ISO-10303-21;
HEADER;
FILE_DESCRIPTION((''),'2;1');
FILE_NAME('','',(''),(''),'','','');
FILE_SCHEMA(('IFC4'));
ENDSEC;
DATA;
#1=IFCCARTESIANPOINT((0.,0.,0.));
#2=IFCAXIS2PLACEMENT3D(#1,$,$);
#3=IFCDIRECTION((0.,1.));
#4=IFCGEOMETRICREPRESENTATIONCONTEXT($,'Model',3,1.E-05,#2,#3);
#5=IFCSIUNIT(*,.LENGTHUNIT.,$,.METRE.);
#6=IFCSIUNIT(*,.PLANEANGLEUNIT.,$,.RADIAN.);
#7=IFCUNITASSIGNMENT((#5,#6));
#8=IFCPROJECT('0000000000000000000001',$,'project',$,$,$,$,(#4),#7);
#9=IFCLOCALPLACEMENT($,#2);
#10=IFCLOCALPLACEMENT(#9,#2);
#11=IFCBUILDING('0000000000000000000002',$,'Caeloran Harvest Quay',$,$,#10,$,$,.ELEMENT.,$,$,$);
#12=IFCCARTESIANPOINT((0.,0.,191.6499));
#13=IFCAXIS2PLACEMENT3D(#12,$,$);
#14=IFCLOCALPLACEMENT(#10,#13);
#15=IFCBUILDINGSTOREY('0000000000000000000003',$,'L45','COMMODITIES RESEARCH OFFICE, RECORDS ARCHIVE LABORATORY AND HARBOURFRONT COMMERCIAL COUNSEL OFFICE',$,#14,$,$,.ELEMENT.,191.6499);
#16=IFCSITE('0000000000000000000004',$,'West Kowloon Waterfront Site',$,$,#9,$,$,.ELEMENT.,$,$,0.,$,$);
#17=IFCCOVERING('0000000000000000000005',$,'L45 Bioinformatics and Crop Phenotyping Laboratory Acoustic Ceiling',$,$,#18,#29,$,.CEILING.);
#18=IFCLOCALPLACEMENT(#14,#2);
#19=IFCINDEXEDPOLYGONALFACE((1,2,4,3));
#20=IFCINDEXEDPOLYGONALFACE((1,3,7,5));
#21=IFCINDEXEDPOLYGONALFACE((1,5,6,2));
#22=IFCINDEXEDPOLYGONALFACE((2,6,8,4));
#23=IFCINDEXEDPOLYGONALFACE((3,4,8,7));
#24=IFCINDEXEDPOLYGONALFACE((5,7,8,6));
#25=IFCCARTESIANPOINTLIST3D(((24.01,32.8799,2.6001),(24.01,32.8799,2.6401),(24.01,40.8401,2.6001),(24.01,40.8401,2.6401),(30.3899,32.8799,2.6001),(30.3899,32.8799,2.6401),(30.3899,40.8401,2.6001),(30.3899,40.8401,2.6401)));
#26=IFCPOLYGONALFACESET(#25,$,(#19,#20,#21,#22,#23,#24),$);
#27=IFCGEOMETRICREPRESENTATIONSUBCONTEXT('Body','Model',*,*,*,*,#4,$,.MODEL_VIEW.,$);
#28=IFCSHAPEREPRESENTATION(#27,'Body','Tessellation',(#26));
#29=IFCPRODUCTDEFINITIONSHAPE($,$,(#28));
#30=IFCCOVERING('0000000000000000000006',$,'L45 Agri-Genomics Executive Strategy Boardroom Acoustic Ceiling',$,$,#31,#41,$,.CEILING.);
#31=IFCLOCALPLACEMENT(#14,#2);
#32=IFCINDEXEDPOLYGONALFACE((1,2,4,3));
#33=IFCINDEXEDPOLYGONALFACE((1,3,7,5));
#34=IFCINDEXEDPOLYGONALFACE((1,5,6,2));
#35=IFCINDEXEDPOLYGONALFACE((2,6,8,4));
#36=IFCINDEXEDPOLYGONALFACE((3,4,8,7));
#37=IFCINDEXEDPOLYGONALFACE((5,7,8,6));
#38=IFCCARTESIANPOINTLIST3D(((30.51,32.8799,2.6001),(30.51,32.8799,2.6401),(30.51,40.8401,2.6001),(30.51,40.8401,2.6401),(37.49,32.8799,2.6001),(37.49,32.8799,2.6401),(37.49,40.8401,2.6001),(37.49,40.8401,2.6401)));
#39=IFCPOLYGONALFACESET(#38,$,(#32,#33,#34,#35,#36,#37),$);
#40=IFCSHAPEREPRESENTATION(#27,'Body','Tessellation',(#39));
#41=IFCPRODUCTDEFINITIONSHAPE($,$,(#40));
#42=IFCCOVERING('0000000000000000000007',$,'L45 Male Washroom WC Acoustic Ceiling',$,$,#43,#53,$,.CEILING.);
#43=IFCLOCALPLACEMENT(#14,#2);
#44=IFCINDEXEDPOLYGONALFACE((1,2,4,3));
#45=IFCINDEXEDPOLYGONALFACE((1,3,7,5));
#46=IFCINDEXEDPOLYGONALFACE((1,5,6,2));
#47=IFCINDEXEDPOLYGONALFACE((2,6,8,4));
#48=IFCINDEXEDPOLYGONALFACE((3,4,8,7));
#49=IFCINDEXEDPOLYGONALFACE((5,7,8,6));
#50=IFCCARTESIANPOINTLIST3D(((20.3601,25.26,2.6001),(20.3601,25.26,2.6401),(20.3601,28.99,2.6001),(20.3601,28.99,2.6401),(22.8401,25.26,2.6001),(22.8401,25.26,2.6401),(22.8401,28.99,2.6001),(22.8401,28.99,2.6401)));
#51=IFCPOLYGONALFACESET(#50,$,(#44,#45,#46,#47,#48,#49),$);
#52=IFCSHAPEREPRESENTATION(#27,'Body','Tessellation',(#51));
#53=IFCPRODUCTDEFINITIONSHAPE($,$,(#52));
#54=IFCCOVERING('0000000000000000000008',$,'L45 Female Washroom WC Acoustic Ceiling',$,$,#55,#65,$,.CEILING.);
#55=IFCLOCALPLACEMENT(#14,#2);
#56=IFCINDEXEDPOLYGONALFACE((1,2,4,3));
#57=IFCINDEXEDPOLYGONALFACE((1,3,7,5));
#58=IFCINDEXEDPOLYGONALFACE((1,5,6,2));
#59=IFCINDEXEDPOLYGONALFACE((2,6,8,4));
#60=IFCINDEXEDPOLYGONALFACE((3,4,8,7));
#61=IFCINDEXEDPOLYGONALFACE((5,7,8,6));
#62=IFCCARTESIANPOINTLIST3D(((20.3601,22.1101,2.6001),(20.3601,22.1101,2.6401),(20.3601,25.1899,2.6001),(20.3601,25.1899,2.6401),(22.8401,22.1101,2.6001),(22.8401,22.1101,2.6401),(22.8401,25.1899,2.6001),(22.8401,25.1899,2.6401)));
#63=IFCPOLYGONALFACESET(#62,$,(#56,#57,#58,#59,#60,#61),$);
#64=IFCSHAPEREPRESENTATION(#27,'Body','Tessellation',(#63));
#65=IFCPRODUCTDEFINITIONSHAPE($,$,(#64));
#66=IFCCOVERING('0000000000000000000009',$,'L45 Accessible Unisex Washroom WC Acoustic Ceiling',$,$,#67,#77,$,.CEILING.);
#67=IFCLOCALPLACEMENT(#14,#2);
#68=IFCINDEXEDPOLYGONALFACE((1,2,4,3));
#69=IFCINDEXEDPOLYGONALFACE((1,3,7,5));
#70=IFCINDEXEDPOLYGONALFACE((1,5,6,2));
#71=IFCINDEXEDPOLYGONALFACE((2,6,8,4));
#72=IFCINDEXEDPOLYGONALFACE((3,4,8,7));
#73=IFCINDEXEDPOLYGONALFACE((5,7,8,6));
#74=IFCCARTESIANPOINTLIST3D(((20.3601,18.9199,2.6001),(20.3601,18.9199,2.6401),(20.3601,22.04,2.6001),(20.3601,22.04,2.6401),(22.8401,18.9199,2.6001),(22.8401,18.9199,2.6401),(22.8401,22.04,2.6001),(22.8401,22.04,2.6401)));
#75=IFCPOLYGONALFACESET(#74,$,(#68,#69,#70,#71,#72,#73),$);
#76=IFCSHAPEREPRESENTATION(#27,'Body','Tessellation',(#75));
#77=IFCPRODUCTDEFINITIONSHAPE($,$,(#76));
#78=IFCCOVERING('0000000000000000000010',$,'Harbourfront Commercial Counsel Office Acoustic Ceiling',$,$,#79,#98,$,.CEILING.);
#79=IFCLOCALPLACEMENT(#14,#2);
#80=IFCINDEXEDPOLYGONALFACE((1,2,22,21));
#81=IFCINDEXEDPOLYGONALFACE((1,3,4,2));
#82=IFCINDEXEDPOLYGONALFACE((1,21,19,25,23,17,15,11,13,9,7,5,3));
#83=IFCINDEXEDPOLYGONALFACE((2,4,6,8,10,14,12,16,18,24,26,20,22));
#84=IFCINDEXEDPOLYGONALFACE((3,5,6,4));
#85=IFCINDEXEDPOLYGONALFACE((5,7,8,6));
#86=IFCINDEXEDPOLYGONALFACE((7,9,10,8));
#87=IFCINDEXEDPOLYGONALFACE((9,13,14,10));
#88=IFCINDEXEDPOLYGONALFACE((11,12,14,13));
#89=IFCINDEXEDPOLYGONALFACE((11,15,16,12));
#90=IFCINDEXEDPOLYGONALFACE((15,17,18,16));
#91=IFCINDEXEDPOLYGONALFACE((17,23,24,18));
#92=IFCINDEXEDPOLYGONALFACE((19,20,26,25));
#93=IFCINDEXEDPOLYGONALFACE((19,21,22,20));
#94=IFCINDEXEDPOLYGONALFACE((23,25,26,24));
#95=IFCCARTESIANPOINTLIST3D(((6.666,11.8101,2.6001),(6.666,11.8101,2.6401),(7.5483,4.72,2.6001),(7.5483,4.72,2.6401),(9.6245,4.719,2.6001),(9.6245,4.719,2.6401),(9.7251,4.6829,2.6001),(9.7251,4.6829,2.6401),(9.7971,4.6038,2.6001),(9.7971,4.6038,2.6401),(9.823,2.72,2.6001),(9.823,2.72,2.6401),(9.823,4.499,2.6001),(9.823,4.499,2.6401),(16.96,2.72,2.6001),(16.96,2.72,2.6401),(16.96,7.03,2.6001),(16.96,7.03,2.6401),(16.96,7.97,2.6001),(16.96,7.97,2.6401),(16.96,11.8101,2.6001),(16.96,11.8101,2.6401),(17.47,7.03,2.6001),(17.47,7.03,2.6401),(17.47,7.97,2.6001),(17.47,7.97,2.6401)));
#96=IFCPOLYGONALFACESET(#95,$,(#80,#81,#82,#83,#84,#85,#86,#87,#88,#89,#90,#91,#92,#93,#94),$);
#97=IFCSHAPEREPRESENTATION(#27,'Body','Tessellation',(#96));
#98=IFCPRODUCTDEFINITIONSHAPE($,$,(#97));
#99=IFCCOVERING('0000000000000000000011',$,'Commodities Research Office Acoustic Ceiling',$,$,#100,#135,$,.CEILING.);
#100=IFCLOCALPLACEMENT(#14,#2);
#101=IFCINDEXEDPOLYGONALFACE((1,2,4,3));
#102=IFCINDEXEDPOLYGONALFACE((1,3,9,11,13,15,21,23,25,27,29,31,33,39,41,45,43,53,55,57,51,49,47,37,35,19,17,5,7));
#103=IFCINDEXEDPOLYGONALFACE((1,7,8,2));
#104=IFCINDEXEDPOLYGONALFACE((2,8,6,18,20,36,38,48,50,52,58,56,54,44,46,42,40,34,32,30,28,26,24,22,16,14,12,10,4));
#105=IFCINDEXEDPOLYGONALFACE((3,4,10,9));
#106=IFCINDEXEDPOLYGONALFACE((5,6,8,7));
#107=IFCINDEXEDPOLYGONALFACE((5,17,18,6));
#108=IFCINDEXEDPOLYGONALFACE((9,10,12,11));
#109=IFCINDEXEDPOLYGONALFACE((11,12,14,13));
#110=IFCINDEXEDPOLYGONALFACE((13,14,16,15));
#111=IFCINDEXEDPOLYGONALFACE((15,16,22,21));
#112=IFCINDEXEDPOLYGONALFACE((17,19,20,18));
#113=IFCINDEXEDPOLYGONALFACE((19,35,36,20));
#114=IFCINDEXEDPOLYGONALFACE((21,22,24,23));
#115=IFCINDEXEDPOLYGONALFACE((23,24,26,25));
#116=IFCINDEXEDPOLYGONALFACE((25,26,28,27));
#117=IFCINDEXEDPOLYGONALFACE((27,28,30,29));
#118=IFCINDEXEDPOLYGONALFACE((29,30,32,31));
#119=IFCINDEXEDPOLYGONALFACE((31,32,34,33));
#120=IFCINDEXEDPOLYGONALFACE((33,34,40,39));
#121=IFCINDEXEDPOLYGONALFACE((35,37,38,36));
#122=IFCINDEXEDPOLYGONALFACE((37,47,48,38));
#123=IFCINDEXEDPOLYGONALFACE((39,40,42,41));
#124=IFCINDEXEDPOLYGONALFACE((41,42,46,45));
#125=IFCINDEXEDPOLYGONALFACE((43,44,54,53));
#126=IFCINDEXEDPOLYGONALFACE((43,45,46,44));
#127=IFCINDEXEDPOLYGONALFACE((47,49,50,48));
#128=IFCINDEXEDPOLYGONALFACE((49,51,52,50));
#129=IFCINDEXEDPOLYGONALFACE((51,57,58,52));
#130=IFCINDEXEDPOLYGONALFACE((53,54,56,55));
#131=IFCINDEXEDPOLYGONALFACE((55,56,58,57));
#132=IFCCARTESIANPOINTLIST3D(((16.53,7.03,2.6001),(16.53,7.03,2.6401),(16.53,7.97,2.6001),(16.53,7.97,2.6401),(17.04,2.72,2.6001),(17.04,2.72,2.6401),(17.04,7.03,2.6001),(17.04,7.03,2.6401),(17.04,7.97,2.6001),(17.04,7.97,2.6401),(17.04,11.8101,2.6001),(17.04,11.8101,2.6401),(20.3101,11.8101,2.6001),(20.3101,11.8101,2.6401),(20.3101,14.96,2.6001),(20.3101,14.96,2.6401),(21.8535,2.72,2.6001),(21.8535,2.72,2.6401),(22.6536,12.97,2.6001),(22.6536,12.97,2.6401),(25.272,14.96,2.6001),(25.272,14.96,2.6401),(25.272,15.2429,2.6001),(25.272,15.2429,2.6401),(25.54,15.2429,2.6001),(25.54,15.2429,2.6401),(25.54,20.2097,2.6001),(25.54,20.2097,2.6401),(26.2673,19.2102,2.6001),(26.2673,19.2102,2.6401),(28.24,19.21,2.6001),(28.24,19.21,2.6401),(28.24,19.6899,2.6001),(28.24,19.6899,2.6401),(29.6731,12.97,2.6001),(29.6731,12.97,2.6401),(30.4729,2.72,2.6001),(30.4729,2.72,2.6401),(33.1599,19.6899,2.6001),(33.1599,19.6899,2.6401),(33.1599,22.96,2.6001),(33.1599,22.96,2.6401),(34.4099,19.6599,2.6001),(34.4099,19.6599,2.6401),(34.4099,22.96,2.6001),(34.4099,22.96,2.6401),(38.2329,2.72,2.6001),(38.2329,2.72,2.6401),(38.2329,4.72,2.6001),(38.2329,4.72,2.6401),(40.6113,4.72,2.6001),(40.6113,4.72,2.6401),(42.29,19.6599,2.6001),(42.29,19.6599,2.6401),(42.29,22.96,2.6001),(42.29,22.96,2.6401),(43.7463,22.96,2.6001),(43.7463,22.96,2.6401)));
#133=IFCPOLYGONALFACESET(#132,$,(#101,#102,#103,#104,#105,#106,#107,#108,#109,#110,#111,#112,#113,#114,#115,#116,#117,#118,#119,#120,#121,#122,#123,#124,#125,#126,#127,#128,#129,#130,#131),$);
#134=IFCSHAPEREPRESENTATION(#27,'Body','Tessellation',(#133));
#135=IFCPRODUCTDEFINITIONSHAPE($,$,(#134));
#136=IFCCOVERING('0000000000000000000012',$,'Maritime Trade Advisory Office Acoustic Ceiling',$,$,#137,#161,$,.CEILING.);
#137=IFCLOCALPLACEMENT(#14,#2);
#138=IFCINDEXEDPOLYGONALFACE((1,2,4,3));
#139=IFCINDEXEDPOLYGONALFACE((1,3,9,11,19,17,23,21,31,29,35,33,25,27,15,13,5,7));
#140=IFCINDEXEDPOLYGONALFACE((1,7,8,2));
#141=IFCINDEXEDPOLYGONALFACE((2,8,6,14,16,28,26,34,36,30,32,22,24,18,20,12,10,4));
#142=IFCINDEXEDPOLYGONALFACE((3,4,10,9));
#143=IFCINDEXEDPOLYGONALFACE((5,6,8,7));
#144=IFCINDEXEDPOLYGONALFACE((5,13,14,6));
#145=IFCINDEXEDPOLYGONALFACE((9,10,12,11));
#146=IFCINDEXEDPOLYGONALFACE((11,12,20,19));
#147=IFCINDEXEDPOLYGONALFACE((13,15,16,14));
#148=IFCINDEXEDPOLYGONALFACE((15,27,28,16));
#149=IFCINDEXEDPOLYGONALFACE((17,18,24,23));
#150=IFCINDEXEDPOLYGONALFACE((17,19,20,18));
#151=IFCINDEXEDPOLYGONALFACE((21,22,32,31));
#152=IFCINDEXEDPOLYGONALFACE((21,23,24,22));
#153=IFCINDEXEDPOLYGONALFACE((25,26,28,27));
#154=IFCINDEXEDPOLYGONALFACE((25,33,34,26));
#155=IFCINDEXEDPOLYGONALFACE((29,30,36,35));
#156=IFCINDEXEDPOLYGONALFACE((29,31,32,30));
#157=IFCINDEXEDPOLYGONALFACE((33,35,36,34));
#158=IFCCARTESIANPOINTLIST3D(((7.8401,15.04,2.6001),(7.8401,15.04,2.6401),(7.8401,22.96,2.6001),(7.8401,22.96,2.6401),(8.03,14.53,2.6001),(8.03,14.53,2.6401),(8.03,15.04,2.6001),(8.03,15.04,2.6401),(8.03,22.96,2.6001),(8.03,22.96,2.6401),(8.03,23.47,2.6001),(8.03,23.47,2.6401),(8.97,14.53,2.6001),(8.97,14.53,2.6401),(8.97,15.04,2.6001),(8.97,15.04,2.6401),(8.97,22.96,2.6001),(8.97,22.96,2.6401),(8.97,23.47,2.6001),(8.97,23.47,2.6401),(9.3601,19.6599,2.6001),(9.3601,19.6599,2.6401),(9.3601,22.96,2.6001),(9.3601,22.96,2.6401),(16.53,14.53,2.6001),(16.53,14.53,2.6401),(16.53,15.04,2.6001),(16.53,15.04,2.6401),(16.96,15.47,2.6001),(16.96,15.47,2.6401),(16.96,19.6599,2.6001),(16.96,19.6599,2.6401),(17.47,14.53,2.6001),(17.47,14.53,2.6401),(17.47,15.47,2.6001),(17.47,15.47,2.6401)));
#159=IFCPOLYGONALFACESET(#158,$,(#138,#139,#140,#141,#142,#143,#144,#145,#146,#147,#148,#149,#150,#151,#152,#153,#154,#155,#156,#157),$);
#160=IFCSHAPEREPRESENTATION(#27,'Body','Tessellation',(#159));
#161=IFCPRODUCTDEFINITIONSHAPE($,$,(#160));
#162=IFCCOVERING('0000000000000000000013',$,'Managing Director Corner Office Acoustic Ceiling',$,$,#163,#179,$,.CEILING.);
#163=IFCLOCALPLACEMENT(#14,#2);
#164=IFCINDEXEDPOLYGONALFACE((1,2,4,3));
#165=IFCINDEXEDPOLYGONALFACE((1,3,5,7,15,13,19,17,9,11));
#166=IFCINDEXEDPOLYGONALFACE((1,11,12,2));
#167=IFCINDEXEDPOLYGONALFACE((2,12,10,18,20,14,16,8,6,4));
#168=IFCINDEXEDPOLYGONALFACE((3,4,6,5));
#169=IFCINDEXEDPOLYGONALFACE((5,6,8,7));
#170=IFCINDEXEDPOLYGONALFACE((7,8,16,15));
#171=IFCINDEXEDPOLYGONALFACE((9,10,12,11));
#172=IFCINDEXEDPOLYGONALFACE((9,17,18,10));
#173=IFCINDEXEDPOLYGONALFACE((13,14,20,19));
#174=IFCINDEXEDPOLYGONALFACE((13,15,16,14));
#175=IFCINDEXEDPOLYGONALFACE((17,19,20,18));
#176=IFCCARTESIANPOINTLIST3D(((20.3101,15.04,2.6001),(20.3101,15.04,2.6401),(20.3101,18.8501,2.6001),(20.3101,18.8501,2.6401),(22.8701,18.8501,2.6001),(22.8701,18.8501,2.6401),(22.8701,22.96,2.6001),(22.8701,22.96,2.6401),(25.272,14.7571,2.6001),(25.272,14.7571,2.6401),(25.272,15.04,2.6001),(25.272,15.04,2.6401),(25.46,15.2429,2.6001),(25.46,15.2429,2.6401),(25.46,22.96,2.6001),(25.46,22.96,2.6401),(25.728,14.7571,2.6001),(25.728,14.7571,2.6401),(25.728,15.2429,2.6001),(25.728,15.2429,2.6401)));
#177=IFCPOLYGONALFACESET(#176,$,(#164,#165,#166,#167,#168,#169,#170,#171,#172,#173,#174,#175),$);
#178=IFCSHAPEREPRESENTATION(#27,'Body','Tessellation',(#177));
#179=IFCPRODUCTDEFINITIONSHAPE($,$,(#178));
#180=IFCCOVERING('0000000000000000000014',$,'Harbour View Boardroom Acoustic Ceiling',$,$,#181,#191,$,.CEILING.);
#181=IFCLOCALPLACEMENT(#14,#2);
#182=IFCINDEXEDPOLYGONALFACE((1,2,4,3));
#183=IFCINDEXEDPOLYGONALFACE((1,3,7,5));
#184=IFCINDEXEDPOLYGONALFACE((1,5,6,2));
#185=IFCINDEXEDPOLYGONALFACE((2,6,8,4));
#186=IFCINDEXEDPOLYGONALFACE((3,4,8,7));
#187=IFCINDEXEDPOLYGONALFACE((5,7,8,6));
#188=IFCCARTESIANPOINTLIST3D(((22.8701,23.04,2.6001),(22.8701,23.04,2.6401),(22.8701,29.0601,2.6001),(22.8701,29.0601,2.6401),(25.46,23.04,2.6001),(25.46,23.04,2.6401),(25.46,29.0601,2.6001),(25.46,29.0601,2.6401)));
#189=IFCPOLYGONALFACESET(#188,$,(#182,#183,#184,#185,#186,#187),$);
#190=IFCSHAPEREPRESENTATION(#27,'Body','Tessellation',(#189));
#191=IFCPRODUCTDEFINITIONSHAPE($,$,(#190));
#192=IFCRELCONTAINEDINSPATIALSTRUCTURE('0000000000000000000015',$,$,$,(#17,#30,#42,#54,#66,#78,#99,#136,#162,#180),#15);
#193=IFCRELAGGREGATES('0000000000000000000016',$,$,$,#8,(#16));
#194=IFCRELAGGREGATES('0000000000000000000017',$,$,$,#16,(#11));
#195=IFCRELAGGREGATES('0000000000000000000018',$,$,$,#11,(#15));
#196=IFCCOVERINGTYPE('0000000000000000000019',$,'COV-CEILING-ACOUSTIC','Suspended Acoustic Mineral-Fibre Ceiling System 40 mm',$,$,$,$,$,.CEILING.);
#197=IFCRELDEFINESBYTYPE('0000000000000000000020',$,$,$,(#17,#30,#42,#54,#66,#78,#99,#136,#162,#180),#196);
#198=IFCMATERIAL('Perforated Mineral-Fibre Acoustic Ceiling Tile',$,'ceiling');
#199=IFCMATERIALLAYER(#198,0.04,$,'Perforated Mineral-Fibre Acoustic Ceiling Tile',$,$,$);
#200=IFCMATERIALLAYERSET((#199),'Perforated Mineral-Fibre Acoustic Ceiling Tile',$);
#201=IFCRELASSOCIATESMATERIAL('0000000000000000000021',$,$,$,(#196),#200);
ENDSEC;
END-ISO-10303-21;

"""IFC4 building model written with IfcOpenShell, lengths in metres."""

from ifc_helpers import new_model, si_unit, direction, frame, origin, place, context, subcontext, project, spatial, polyline, outline, extrude, material, layer, layer_set, type_object, element, save


model = new_model("IFC4")

# Units and contexts
model_context = context("Model", 3, precision=1e-05, world=origin(), true_north=direction((0.0, 1.0)))
body_context = subcontext(model_context, "Body", "Model", "MODEL_VIEW")
ifc_project = project(units=[si_unit("LENGTHUNIT", "METRE"), si_unit("PLANEANGLEUNIT", "RADIAN")], contexts=[model_context])

# Site, building, storey
site_placement = place(None, origin())
site = spatial("IfcSite", under=ifc_project, at=site_placement, Name="West Kowloon Waterfront Site", CompositionType="ELEMENT", RefElevation=0.0)
building_placement = place(site_placement, origin())
building = spatial("IfcBuilding", under=site, at=building_placement, Name="Caeloran Harvest Quay", CompositionType="ELEMENT")
storey_placement = place(building_placement, frame((0.0, 0.0, 191.6499)))
storey = spatial("IfcBuildingStorey", under=building, at=storey_placement, Name="L45", Description="COMMODITIES RESEARCH OFFICE, RECORDS ARCHIVE LABORATORY AND HARBOURFRONT COMMERCIAL COUNSEL OFFICE", CompositionType="ELEMENT", Elevation=191.6499)

# Coverings
ifc_material_1 = material(Name="Perforated Mineral-Fibre Acoustic Ceiling Tile", Category="ceiling")
ifc_layer_1 = layer(ifc_material_1, 0.04, Name="Perforated Mineral-Fibre Acoustic Ceiling Tile")
ifc_layer_set_1 = layer_set([ifc_layer_1], Name="Perforated Mineral-Fibre Acoustic Ceiling Tile")
covering_type_1 = type_object("IfcCoveringType", Name="COV-CEILING-ACOUSTIC", Description="Suspended Acoustic Mineral-Fibre Ceiling System 40 mm", PredefinedType="CEILING", material=ifc_layer_set_1)
covering_1_placement = place(storey_placement, frame((0.0, 0.0, 2.6001)))
element("IfcCovering", 1, at=covering_1_placement, inside=storey, type_object=covering_type_1, Name="L45 Bioinformatics and Crop Phenotyping Laboratory Acoustic Ceiling", PredefinedType="CEILING", context=body_context, shape_type="SweptSolid", body=[
    extrude(outline(polyline([(30.3899, 40.8401), (30.3899, 32.8799), (24.01, 32.8799), (24.01, 40.8401), (30.3899, 40.8401)])), origin(), (0.0, 0.0, 1.0), 0.04),
])
covering_2_placement = place(storey_placement, frame((0.0, 0.0, 2.6001)))
element("IfcCovering", 2, at=covering_2_placement, inside=storey, type_object=covering_type_1, Name="L45 Agri-Genomics Executive Strategy Boardroom Acoustic Ceiling", PredefinedType="CEILING", context=body_context, shape_type="SweptSolid", body=[
    extrude(outline(polyline([(37.49, 40.8401), (37.49, 32.8799), (30.51, 32.8799), (30.51, 40.8401), (37.49, 40.8401)])), origin(), (0.0, 0.0, 1.0), 0.04),
])
covering_3_placement = place(storey_placement, frame((0.0, 0.0, 2.6001)))
element("IfcCovering", 3, at=covering_3_placement, inside=storey, type_object=covering_type_1, Name="L45 Male Washroom WC Acoustic Ceiling", PredefinedType="CEILING", context=body_context, shape_type="SweptSolid", body=[
    extrude(outline(polyline([(22.8401, 28.99), (22.8401, 25.26), (20.3601, 25.26), (20.3601, 28.99), (22.8401, 28.99)])), origin(), (0.0, 0.0, 1.0), 0.04),
])
covering_4_placement = place(storey_placement, frame((0.0, 0.0, 2.6001)))
element("IfcCovering", 4, at=covering_4_placement, inside=storey, type_object=covering_type_1, Name="L45 Female Washroom WC Acoustic Ceiling", PredefinedType="CEILING", context=body_context, shape_type="SweptSolid", body=[
    extrude(outline(polyline([(22.8401, 25.1899), (22.8401, 22.1101), (20.3601, 22.1101), (20.3601, 25.1899), (22.8401, 25.1899)])), origin(), (0.0, 0.0, 1.0), 0.04),
])
covering_5_placement = place(storey_placement, frame((0.0, 0.0, 2.6001)))
element("IfcCovering", 5, at=covering_5_placement, inside=storey, type_object=covering_type_1, Name="L45 Accessible Unisex Washroom WC Acoustic Ceiling", PredefinedType="CEILING", context=body_context, shape_type="SweptSolid", body=[
    extrude(outline(polyline([(22.8401, 22.04), (22.8401, 18.9199), (20.3601, 18.9199), (20.3601, 22.04), (22.8401, 22.04)])), origin(), (0.0, 0.0, 1.0), 0.04),
])
covering_6_placement = place(storey_placement, frame((0.0, 0.0, 2.6001)))
element("IfcCovering", 6, at=covering_6_placement, inside=storey, type_object=covering_type_1, Name="Harbourfront Commercial Counsel Office Acoustic Ceiling", PredefinedType="CEILING", context=body_context, shape_type="SweptSolid", body=[
    extrude(outline(polyline([(9.7971, 4.6038), (9.7251, 4.6829), (9.6245, 4.719), (7.5483, 4.72), (6.666, 11.8101), (16.96, 11.8101), (16.96, 7.97), (17.47, 7.97), (17.47, 7.03), (16.96, 7.03), (16.96, 2.72), (9.823, 2.72), (9.823, 4.499), (9.7971, 4.6038)])), origin(), (0.0, 0.0, 1.0), 0.04),
])
covering_7_placement = place(storey_placement, frame((0.0, 0.0, 2.6001)))
element("IfcCovering", 7, at=covering_7_placement, inside=storey, type_object=covering_type_1, Name="Commodities Research Office Acoustic Ceiling", PredefinedType="CEILING", context=body_context, shape_type="SweptSolid", body=[
    extrude(outline(polyline([(16.53, 7.97), (17.04, 7.97), (17.04, 11.8101), (20.3101, 11.8101), (20.3101, 14.96), (25.272, 14.96), (25.272, 15.2429), (25.54, 15.2429), (25.54, 20.2097), (26.2673, 19.2102), (28.24, 19.21), (28.24, 19.6899), (33.1599, 19.6899), (33.1599, 22.96), (34.4099, 22.96), (34.4099, 19.6599), (42.29, 19.6599), (42.29, 22.96), (43.7463, 22.96), (40.6113, 4.72), (38.2329, 4.72), (38.2329, 2.72), (30.4729, 2.72), (29.6731, 12.97), (22.6536, 12.97), (21.8535, 2.72), (17.04, 2.72), (17.04, 7.03), (16.53, 7.03), (16.53, 7.97)])), origin(), (0.0, 0.0, 1.0), 0.04),
])
covering_8_placement = place(storey_placement, frame((0.0, 0.0, 2.6001)))
element("IfcCovering", 8, at=covering_8_placement, inside=storey, type_object=covering_type_1, Name="Maritime Trade Advisory Office Acoustic Ceiling", PredefinedType="CEILING", context=body_context, shape_type="SweptSolid", body=[
    extrude(outline(polyline([(8.03, 15.04), (7.8401, 15.04), (7.8401, 22.96), (8.03, 22.96), (8.03, 23.47), (8.97, 23.47), (8.97, 22.96), (9.3601, 22.96), (9.3601, 19.6599), (16.96, 19.6599), (16.96, 15.47), (17.47, 15.47), (17.47, 14.53), (16.53, 14.53), (16.53, 15.04), (8.97, 15.04), (8.97, 14.53), (8.03, 14.53), (8.03, 15.04)])), origin(), (0.0, 0.0, 1.0), 0.04),
])
covering_9_placement = place(storey_placement, frame((0.0, 0.0, 2.6001)))
element("IfcCovering", 9, at=covering_9_placement, inside=storey, type_object=covering_type_1, Name="Managing Director Corner Office Acoustic Ceiling", PredefinedType="CEILING", context=body_context, shape_type="SweptSolid", body=[
    extrude(outline(polyline([(25.728, 15.2429), (25.728, 14.7571), (25.272, 14.7571), (25.272, 15.04), (20.3101, 15.04), (20.3101, 18.8501), (22.8701, 18.8501), (22.8701, 22.96), (25.46, 22.96), (25.46, 15.2429), (25.728, 15.2429)])), origin(), (0.0, 0.0, 1.0), 0.04),
])
covering_10_placement = place(storey_placement, frame((0.0, 0.0, 2.6001)))
element("IfcCovering", 10, at=covering_10_placement, inside=storey, type_object=covering_type_1, Name="Harbour View Boardroom Acoustic Ceiling", PredefinedType="CEILING", context=body_context, shape_type="SweptSolid", body=[
    extrude(outline(polyline([(22.8701, 23.04), (22.8701, 29.0601), (25.46, 29.0601), (25.46, 23.04), (22.8701, 23.04)])), origin(), (0.0, 0.0, 1.0), 0.04),
])

save(model, "model.ifc")
